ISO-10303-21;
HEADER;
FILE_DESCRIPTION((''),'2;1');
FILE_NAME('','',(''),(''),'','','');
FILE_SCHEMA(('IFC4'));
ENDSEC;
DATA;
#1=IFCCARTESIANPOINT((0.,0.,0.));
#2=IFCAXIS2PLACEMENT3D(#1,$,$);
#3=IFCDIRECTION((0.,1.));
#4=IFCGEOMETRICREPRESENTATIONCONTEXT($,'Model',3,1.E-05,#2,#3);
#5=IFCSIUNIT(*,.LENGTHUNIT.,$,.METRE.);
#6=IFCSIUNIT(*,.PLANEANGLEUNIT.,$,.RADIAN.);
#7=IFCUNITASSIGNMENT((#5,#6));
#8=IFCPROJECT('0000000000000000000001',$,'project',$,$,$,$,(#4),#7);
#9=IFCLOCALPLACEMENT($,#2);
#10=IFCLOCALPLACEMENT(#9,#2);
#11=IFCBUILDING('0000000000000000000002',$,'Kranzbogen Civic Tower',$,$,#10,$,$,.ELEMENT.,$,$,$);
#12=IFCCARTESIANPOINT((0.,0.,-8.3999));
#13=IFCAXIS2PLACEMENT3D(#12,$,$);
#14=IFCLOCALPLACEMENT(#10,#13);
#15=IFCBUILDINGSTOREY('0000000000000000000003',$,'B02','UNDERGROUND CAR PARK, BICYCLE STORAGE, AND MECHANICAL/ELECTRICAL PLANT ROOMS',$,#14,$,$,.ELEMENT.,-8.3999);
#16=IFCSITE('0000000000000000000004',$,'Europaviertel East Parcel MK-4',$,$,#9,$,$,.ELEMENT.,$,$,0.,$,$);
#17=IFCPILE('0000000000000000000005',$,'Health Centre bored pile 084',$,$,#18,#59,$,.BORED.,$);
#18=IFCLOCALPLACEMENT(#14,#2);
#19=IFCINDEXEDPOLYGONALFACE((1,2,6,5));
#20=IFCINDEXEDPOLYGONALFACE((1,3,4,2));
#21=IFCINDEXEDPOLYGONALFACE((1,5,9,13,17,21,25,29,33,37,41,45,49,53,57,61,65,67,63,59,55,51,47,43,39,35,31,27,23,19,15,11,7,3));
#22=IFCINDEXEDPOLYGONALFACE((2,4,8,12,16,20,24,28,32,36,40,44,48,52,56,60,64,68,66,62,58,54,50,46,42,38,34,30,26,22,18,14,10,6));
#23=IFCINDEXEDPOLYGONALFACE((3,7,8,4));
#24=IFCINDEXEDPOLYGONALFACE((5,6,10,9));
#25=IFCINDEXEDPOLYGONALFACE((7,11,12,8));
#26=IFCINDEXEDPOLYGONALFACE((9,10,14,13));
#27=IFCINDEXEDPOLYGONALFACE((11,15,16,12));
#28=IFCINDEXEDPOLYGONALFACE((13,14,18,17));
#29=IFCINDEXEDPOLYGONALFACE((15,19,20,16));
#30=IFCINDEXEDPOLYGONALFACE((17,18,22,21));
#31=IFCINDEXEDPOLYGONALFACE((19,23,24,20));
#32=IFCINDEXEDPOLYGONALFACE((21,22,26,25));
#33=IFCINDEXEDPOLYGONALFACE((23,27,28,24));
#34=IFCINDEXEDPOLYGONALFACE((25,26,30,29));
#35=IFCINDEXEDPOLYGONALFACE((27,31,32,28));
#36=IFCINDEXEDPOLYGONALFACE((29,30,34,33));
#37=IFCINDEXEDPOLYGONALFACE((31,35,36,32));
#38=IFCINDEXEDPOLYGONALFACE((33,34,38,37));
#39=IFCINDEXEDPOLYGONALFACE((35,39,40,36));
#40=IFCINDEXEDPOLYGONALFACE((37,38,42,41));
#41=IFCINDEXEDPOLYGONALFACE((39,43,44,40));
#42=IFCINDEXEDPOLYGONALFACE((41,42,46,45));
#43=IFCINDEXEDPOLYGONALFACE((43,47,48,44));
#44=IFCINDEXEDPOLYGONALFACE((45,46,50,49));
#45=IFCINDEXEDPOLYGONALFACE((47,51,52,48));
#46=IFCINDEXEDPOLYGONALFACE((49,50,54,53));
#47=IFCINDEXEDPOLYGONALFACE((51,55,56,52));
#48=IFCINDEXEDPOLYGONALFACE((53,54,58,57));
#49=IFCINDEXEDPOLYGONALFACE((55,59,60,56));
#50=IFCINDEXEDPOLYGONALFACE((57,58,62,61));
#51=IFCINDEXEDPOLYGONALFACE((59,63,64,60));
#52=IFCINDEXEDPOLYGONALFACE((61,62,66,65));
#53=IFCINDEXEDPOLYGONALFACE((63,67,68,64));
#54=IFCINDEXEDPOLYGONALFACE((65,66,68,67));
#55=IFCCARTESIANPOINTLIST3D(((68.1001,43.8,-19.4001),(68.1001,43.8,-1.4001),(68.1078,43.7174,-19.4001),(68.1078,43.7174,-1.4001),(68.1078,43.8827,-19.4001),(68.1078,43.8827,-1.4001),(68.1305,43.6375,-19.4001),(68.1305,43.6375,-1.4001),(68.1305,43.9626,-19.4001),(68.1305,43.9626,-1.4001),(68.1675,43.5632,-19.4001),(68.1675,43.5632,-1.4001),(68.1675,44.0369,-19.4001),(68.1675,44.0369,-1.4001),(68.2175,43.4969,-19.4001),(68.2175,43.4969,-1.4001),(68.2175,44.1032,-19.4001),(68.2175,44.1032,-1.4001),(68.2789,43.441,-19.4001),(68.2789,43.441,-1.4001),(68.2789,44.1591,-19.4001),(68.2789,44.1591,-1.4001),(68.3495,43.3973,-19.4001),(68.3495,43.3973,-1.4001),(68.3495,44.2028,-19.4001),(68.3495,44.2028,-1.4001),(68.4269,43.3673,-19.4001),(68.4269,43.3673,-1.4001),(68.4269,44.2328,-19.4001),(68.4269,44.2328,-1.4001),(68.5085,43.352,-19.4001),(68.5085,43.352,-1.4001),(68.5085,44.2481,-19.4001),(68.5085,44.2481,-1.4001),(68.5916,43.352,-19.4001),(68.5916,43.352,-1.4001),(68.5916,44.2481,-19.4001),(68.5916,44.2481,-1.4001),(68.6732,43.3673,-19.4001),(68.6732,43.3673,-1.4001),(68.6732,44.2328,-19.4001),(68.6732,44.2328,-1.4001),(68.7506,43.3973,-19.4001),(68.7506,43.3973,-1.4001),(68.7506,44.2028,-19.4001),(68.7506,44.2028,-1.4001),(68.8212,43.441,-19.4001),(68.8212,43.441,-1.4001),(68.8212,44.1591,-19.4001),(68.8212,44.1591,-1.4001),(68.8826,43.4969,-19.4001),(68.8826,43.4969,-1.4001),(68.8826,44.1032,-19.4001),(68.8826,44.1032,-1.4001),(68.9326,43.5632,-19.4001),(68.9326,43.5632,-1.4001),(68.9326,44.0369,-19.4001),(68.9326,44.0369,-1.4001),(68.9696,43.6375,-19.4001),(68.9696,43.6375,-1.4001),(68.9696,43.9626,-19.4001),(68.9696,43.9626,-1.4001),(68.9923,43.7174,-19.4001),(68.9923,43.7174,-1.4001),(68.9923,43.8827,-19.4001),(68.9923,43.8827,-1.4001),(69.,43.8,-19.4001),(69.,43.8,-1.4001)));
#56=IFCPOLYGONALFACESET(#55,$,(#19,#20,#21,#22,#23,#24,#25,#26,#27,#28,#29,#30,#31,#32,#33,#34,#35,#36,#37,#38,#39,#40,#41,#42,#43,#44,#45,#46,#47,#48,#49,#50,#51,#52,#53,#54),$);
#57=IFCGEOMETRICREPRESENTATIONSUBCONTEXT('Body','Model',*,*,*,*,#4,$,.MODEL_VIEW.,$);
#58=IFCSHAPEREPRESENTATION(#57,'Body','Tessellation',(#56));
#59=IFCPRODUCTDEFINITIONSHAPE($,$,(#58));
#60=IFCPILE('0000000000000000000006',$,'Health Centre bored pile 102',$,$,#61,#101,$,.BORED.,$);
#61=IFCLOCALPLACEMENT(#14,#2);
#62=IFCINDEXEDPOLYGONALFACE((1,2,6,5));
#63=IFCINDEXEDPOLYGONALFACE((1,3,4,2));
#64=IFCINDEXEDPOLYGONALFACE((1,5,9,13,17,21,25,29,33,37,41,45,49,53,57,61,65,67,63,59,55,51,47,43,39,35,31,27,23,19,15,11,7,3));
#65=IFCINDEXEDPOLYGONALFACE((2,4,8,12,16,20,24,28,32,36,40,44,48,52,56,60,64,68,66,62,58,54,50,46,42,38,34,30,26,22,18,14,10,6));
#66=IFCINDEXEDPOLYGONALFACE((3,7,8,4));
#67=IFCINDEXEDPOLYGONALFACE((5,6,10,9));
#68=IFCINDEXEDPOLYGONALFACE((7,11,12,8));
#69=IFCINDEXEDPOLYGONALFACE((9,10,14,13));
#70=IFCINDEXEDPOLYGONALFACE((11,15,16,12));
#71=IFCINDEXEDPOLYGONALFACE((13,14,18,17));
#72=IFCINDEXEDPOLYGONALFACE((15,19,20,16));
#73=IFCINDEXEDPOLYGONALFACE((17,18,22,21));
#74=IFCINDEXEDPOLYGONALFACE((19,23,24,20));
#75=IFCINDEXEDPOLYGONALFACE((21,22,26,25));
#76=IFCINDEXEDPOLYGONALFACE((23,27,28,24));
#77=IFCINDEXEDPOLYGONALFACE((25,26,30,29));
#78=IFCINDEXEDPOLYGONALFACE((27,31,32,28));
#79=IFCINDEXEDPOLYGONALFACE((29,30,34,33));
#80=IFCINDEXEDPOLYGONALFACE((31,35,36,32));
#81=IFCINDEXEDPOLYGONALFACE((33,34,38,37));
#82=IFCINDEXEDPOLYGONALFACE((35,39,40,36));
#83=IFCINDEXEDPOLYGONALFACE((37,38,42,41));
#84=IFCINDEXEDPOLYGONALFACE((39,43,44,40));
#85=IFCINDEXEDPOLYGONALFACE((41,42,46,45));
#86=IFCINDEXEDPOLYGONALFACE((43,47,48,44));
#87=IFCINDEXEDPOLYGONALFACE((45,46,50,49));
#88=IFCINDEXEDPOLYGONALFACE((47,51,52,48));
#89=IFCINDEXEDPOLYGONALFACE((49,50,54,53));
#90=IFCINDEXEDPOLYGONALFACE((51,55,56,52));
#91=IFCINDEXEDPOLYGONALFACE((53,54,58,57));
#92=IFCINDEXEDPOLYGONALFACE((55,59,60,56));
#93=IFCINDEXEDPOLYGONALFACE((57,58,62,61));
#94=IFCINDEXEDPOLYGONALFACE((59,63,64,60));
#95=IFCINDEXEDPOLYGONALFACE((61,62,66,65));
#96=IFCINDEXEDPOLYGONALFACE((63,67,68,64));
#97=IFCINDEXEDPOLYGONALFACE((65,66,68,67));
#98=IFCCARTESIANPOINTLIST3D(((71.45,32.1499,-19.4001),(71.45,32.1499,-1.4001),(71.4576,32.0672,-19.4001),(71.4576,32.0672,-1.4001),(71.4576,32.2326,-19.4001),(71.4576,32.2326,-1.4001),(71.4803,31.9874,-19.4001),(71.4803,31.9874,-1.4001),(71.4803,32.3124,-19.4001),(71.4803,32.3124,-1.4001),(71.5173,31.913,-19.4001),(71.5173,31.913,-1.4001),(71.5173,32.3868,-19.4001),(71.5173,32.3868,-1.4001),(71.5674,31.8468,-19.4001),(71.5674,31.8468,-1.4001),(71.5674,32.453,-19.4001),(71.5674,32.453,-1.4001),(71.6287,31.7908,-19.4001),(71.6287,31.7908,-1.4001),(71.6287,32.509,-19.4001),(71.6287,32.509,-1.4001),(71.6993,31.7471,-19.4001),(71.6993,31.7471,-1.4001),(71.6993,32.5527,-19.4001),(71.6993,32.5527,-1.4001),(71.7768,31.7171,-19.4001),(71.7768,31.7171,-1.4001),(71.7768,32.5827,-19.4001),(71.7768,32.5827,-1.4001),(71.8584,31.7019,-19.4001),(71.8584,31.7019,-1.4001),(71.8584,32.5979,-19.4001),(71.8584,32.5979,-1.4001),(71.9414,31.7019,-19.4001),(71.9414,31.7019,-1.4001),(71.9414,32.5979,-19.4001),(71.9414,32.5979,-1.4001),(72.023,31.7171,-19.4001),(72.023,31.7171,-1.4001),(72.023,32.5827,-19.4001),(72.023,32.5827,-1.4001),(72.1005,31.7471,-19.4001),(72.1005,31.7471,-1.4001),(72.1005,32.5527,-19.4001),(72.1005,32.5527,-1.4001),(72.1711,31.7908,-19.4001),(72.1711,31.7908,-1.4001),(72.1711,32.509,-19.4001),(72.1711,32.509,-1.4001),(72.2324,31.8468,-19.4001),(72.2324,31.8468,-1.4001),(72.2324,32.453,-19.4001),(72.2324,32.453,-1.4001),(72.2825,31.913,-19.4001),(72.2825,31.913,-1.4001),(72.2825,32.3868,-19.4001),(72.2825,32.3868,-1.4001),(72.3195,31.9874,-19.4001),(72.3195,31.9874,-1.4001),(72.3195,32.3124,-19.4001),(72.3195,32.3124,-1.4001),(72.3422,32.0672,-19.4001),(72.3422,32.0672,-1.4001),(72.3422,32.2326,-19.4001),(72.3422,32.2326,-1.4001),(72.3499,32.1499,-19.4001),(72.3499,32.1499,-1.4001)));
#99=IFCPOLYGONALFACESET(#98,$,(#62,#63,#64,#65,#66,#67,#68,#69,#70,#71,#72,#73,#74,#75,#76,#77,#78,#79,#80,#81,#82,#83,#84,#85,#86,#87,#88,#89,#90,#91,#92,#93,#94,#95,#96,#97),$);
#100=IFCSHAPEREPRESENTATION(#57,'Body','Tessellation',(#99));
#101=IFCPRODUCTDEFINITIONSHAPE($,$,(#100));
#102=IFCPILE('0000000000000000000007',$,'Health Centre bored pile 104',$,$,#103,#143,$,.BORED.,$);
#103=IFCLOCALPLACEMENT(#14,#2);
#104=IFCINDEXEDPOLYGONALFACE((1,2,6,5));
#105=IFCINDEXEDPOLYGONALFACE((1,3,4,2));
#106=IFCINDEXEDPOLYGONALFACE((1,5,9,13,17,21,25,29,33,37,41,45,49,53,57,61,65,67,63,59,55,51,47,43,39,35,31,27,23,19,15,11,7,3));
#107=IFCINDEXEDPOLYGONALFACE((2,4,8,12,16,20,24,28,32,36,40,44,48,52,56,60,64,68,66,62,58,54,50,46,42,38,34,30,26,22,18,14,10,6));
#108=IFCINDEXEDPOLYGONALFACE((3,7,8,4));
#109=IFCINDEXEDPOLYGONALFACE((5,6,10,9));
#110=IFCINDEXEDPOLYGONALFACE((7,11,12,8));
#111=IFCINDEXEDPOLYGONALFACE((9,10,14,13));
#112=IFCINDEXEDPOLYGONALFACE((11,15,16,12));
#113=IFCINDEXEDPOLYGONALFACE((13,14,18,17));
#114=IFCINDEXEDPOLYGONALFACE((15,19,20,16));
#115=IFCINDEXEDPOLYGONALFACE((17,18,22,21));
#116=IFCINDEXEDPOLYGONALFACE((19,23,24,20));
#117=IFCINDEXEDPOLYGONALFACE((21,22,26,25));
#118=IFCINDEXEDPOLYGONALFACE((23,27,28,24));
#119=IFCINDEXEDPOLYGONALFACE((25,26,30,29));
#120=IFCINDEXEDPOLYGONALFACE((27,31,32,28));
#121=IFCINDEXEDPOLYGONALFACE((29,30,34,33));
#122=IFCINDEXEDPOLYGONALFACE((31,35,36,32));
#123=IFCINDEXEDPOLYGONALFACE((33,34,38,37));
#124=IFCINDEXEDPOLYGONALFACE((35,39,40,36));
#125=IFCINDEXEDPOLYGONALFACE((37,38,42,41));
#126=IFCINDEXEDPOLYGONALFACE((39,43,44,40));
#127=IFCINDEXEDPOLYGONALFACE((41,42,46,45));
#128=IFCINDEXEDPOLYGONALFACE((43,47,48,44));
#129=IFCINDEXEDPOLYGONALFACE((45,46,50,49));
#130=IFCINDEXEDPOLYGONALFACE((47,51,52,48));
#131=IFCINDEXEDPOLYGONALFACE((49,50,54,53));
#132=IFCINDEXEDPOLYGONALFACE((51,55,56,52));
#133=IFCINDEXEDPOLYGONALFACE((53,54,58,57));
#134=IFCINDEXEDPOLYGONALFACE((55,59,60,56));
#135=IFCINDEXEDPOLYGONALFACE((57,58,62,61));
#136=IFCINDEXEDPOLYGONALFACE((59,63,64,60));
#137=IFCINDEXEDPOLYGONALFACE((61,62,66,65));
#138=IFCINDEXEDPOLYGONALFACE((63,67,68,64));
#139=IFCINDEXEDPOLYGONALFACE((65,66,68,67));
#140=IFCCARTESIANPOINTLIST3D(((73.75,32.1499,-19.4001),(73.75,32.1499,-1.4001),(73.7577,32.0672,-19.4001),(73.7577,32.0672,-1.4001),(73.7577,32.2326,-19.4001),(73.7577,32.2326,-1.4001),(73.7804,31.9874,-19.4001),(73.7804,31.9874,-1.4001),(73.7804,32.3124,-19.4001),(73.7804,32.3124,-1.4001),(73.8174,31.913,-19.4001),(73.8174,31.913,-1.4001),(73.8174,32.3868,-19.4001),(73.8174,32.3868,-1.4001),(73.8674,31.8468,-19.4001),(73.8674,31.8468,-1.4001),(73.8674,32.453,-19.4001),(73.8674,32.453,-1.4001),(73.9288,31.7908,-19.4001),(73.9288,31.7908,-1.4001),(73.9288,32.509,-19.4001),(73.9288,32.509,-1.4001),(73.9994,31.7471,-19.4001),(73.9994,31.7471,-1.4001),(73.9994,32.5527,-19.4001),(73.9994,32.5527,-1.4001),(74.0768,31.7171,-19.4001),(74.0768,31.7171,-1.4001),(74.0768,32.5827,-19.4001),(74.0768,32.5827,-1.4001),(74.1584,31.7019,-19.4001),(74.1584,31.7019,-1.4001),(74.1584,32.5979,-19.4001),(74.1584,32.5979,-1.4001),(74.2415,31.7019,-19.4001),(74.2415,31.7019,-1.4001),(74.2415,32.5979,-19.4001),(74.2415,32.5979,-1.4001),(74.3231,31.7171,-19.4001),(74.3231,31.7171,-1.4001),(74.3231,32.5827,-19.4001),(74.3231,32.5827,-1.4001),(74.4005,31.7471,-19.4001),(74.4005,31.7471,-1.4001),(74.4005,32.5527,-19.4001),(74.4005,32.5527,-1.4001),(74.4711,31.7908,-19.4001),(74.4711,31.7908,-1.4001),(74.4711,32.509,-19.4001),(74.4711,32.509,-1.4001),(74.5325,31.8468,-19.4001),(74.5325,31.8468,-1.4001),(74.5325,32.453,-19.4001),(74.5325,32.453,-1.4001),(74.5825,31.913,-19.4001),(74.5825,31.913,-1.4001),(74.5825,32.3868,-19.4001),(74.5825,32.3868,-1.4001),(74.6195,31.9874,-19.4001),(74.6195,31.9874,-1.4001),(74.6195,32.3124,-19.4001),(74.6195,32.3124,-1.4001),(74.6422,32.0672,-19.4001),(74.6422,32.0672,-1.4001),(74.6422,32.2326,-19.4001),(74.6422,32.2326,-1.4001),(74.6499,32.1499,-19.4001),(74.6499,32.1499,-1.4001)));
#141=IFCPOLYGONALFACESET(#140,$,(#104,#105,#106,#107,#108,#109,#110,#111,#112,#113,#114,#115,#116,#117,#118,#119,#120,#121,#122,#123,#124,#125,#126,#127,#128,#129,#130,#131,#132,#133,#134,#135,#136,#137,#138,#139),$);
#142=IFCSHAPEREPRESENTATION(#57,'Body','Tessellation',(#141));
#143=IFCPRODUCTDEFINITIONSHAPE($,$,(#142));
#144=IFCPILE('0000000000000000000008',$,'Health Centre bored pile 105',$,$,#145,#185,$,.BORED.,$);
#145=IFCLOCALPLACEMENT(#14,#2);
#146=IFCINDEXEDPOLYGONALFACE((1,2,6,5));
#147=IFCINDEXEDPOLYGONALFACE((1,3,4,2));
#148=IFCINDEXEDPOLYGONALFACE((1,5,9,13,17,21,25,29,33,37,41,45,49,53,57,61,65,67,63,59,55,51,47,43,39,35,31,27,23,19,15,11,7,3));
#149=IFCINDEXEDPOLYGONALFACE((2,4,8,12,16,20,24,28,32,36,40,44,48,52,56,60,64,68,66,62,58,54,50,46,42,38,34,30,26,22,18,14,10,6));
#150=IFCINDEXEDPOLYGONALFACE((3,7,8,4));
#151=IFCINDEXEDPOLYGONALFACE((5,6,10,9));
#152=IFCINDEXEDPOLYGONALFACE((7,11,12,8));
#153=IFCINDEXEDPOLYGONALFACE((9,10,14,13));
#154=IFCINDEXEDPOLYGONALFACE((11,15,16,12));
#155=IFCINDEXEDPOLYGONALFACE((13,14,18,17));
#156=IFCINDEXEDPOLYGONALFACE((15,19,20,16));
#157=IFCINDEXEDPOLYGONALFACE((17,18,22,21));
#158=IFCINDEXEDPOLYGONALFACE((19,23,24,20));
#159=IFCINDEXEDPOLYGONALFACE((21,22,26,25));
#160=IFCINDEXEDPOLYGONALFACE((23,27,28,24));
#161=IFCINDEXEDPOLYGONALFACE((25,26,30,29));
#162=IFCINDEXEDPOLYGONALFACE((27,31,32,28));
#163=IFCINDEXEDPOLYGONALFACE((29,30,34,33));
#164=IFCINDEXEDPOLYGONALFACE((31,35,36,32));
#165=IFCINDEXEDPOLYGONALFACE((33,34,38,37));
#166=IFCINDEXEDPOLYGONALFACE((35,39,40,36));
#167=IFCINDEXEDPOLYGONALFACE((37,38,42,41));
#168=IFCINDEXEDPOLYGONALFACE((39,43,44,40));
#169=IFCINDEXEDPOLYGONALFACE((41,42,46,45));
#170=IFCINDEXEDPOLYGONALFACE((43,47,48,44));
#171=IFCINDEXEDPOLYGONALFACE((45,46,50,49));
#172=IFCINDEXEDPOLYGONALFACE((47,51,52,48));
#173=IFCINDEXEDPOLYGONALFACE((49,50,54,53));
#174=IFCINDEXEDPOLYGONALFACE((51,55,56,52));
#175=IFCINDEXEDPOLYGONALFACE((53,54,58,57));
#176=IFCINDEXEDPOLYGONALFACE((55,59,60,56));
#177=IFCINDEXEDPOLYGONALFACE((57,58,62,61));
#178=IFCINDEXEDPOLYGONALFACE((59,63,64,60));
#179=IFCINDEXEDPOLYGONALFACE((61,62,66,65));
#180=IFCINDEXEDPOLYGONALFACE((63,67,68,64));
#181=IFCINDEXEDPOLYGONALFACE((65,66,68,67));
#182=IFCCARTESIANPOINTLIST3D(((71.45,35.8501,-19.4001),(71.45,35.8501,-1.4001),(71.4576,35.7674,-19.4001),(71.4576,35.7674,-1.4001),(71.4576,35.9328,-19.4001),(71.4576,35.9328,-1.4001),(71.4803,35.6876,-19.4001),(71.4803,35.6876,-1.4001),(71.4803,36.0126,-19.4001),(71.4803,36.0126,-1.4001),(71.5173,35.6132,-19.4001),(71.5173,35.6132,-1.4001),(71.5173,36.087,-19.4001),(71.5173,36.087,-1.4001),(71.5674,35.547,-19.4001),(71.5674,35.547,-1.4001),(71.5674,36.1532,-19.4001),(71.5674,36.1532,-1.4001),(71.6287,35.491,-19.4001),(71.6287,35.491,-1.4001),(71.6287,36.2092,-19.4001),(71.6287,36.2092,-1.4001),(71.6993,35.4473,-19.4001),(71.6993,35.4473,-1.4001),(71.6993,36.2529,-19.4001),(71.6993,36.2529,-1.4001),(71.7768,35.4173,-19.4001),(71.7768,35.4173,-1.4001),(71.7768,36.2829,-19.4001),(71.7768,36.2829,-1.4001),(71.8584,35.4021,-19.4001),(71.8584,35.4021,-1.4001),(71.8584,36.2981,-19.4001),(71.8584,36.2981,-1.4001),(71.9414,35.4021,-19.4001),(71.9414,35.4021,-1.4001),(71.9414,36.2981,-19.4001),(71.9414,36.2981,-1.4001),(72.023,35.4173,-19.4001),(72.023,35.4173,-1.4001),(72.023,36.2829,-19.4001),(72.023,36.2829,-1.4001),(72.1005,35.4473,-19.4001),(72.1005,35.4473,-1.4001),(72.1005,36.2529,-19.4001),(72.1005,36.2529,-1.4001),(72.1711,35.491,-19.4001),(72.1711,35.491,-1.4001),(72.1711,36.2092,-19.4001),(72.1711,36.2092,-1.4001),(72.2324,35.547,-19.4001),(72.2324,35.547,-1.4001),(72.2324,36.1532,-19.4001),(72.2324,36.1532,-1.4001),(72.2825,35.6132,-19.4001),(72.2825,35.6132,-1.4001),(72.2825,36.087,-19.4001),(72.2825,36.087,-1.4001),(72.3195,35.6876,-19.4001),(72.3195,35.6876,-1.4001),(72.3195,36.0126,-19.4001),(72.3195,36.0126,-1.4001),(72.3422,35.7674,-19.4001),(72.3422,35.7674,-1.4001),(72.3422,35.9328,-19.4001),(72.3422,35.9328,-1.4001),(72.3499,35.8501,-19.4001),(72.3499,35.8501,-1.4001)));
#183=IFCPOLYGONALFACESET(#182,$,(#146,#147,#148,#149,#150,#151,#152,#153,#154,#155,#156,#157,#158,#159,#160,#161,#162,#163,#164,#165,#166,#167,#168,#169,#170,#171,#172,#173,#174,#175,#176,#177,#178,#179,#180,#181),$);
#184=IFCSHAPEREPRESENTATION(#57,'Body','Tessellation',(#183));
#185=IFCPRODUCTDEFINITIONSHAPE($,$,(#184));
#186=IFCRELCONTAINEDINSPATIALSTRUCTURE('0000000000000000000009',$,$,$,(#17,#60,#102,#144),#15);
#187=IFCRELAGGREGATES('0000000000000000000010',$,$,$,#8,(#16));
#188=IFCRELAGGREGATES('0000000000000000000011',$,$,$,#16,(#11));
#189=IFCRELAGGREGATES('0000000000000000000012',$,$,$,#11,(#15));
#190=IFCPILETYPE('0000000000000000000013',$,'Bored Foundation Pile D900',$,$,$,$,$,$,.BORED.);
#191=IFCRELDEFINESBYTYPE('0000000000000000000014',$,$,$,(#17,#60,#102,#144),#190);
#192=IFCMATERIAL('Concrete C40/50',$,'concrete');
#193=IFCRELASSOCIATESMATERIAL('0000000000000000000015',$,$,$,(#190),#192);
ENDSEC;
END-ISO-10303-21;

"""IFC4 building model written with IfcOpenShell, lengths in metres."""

from ifc_helpers import new_model, si_unit, direction, frame, origin, origin_2d, place, context, subcontext, project, spatial, circle, extrude, material, material_profile, profile_set, type_object, element, save


model = new_model("IFC4")

# Units and contexts
model_context = context("Model", 3, precision=1e-05, world=origin(), true_north=direction((0.0, 1.0)))
body_context = subcontext(model_context, "Body", "Model", "MODEL_VIEW")
ifc_project = project(units=[si_unit("LENGTHUNIT", "METRE"), si_unit("PLANEANGLEUNIT", "RADIAN")], contexts=[model_context])

# Site, building, storey
site_placement = place(None, origin())
site = spatial("IfcSite", under=ifc_project, at=site_placement, Name="Europaviertel East Parcel MK-4", CompositionType="ELEMENT", RefElevation=0.0)
building_placement = place(site_placement, origin())
building = spatial("IfcBuilding", under=site, at=building_placement, Name="Kranzbogen Civic Tower", CompositionType="ELEMENT")
storey_placement = place(building_placement, frame((0.0, 0.0, -8.3999)))
storey = spatial("IfcBuildingStorey", under=building, at=storey_placement, Name="B02", Description="UNDERGROUND CAR PARK, BICYCLE STORAGE, AND MECHANICAL/ELECTRICAL PLANT ROOMS", CompositionType="ELEMENT", Elevation=-8.3999)

# Piles
ifc_material_1 = material(Name="Concrete C40/50", Category="concrete")
ifc_material_profile_1 = material_profile(ifc_material_1, circle(Radius=0.45, at=origin_2d()), Name="PILE D900")
ifc_profile_set_1 = profile_set([ifc_material_profile_1], Name="Concrete C40/50")
pile_type = type_object("IfcPileType", Name="Bored Foundation Pile D900", PredefinedType="BORED", material=ifc_profile_set_1)
for number, where, z_axis, x_axis, name in (
    (1, (68.55, 43.8, -1.4001), (0.0, 0.0, -1.0), (1.0, 0.0, 0.0), "Health Centre bored pile 084"),
    (2, (71.8999, 32.1499, -1.4001), (0.0, 0.0, -1.0), (1.0, 0.0, 0.0), "Health Centre bored pile 102"),
    (3, (74.2, 32.1499, -1.4001), (0.0, 0.0, -1.0), (1.0, 0.0, 0.0), "Health Centre bored pile 104"),
    (4, (71.8999, 35.8501, -1.4001), (0.0, 0.0, -1.0), (1.0, 0.0, 0.0), "Health Centre bored pile 105"),
):
    element("IfcPile", number, at=place(storey_placement, frame(where, z_axis=z_axis, x_axis=x_axis)), inside=storey, type_object=pile_type, Name=name, PredefinedType="BORED", context=body_context, shape_type="SweptSolid", body=[
        extrude(circle(Radius=0.45, at=origin_2d()), origin(), (0.0, 0.0, 1.0), 18.0),
    ])

save(model, "model.ifc")
